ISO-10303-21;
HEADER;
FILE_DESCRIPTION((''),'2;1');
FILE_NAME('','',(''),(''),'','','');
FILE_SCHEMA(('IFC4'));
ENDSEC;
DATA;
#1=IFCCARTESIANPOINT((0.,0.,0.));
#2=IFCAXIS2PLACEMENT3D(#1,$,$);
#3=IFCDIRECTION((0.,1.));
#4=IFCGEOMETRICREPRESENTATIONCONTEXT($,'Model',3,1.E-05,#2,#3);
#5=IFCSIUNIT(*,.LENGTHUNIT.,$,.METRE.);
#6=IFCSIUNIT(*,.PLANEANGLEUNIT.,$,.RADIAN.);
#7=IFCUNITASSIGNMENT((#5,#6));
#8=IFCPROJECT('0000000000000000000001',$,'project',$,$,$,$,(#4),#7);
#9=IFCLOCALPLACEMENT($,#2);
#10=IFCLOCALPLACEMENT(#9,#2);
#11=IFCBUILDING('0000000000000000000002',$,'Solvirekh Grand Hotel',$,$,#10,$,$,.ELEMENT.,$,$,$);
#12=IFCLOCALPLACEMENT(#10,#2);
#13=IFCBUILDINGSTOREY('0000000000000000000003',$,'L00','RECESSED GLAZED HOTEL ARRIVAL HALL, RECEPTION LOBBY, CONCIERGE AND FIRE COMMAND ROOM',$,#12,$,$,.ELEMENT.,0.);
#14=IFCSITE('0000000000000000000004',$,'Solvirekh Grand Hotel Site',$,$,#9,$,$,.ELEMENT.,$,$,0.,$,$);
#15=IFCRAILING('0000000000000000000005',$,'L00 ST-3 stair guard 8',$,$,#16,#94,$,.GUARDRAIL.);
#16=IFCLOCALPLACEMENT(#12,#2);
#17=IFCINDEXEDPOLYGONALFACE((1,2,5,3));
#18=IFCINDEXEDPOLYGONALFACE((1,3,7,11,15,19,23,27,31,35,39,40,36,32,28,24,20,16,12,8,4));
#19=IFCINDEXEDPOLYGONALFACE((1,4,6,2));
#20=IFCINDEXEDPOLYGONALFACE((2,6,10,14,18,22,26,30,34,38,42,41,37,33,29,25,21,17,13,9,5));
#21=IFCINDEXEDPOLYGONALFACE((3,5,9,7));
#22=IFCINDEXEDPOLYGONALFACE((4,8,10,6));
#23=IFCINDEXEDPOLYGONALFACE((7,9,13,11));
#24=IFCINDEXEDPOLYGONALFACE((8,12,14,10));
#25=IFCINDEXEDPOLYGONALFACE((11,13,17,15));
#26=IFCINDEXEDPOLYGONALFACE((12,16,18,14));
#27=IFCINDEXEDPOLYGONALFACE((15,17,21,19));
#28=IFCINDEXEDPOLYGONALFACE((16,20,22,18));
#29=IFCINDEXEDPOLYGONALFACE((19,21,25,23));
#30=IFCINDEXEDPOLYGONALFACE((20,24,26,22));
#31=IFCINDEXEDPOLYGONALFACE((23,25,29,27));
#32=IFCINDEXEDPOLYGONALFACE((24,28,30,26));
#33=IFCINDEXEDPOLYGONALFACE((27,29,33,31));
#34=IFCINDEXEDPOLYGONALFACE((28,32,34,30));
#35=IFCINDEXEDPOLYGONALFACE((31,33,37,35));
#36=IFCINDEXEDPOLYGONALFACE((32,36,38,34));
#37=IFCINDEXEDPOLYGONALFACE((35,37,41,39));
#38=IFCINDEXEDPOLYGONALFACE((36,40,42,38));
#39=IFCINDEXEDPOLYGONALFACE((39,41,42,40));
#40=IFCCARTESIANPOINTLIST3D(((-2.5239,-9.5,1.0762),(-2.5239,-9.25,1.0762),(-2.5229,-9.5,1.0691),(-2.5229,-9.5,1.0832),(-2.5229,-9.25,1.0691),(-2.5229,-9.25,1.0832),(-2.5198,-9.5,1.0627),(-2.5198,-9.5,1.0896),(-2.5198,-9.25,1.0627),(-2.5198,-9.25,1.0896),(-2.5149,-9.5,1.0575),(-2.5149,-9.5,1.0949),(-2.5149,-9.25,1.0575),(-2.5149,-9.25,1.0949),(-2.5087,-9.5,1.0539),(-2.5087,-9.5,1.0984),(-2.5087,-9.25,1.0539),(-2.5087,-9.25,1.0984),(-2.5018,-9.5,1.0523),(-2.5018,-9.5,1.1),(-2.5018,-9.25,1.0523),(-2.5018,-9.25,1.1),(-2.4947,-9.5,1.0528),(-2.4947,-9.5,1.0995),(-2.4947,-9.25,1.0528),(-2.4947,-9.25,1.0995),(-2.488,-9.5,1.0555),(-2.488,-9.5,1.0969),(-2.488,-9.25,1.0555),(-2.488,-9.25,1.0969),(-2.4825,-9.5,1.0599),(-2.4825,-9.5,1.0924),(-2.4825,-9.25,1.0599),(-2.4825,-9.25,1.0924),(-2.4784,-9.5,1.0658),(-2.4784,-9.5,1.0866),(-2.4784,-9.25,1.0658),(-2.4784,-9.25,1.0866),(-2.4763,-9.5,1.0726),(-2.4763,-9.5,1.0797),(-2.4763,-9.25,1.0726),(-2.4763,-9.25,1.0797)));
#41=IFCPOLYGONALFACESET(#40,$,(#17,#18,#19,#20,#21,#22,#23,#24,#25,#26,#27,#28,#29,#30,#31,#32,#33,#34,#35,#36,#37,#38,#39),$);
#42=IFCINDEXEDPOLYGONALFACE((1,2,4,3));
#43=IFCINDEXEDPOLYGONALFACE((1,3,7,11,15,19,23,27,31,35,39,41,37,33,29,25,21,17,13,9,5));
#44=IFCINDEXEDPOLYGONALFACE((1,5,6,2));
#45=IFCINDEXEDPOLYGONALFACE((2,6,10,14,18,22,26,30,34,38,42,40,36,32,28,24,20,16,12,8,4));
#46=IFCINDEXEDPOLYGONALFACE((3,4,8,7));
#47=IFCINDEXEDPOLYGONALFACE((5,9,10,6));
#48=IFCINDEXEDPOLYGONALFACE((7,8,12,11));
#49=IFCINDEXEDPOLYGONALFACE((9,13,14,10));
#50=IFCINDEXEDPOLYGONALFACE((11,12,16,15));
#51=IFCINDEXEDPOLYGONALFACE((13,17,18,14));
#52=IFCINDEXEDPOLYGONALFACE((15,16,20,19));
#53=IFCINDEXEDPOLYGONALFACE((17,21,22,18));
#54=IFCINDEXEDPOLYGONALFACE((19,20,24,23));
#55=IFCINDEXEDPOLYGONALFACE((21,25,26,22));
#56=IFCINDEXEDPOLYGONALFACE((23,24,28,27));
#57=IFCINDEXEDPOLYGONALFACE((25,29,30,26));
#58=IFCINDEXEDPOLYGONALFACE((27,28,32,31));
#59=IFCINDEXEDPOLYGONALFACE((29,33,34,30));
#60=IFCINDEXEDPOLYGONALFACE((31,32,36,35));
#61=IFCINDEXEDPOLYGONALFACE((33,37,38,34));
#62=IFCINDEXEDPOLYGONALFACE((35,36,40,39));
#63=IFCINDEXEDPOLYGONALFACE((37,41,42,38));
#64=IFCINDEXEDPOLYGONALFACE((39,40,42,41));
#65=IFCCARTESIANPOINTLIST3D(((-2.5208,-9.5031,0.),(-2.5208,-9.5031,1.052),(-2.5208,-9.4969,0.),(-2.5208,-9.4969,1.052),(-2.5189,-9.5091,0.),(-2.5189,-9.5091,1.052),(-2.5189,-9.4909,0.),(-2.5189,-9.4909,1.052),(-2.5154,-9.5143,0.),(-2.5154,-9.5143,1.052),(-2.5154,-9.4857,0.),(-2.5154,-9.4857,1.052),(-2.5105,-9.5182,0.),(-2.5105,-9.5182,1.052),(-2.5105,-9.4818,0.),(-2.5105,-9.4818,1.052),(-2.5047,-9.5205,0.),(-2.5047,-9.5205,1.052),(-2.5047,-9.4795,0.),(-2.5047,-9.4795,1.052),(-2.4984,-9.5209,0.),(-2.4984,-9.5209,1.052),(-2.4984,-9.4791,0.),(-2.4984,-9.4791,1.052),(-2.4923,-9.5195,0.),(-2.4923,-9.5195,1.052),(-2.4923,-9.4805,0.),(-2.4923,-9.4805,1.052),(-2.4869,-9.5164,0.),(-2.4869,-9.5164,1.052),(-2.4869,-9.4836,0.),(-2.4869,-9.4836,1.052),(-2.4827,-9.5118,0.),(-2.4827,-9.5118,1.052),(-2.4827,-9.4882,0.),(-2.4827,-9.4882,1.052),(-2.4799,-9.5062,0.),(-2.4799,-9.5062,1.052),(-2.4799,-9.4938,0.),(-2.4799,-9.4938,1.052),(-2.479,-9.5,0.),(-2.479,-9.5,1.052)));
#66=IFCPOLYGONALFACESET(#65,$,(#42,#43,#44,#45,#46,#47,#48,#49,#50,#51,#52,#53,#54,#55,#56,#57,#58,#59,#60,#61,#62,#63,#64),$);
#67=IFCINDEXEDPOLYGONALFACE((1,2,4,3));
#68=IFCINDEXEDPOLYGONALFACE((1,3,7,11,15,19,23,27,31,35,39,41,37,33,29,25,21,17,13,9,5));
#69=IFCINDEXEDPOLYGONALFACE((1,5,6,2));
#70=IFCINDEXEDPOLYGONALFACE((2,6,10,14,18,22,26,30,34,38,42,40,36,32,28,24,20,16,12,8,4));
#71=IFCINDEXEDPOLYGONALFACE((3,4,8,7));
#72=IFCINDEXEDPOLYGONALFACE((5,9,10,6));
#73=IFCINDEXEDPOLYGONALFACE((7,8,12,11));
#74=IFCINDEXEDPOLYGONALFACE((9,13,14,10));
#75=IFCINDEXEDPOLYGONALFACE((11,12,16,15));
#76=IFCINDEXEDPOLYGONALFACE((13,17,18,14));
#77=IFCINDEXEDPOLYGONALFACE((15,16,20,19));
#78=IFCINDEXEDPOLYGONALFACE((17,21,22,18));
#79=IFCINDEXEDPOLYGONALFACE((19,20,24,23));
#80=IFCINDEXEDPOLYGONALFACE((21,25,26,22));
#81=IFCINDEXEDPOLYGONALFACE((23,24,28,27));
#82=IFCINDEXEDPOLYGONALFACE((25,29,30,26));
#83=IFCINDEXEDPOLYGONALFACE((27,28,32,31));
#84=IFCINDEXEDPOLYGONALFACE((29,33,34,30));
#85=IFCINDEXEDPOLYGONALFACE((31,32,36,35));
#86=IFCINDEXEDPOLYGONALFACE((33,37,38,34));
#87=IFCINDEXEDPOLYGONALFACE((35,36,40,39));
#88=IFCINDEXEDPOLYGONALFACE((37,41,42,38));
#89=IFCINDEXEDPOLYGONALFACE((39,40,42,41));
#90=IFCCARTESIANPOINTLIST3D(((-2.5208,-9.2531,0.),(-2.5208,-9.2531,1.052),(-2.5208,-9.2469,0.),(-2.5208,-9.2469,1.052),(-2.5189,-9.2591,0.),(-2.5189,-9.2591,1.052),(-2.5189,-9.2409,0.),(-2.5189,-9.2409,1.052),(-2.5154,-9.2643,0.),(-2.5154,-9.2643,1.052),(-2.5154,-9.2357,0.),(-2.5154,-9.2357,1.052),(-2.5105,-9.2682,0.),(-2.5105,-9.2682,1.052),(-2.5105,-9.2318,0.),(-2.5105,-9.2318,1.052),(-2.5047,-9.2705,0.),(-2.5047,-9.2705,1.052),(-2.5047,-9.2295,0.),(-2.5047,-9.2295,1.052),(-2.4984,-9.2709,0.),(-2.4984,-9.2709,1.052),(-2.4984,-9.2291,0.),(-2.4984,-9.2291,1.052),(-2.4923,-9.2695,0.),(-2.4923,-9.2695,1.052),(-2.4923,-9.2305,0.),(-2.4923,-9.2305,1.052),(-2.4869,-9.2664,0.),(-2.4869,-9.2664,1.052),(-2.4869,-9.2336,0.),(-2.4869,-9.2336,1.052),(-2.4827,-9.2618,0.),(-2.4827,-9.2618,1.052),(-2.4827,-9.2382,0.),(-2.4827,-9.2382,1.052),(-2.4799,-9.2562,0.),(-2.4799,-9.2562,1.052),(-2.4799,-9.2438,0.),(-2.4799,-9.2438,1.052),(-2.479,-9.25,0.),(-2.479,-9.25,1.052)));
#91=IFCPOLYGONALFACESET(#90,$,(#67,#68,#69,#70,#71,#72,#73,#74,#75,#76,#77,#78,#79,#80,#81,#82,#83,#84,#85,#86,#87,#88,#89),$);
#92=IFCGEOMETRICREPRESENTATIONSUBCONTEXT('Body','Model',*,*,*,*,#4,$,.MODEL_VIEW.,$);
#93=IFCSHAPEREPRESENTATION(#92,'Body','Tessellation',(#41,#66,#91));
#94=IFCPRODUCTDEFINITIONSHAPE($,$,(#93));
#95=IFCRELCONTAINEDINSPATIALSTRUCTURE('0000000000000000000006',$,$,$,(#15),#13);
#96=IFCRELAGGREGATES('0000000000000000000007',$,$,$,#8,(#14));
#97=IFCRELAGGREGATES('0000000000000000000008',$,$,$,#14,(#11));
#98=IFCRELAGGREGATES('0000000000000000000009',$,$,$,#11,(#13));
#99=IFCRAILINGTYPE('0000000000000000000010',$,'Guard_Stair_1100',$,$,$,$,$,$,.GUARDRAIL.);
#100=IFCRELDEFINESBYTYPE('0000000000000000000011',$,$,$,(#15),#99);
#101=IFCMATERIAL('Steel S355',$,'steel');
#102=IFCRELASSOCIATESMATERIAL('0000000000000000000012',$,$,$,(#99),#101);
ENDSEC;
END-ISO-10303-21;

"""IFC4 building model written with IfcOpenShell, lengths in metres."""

from ifc_helpers import new_model, si_unit, direction, frame, origin, origin_2d, place, context, subcontext, project, spatial, circle, extrude, material, type_object, element, save


model = new_model("IFC4")

# Units and contexts
model_context = context("Model", 3, precision=1e-05, world=origin(), true_north=direction((0.0, 1.0)))
body_context = subcontext(model_context, "Body", "Model", "MODEL_VIEW")
ifc_project = project(units=[si_unit("LENGTHUNIT", "METRE"), si_unit("PLANEANGLEUNIT", "RADIAN")], contexts=[model_context])

# Site, building, storey
site_placement = place(None, origin())
site = spatial("IfcSite", under=ifc_project, at=site_placement, Name="Solvirekh Grand Hotel Site", CompositionType="ELEMENT", RefElevation=0.0)
building_placement = place(site_placement, origin())
building = spatial("IfcBuilding", under=site, at=building_placement, Name="Solvirekh Grand Hotel", CompositionType="ELEMENT")
storey_placement = place(building_placement, origin())
storey = spatial("IfcBuildingStorey", under=building, at=storey_placement, Name="L00", Description="RECESSED GLAZED HOTEL ARRIVAL HALL, RECEPTION LOBBY, CONCIERGE AND FIRE COMMAND ROOM", CompositionType="ELEMENT", Elevation=0.0)

# Railing
ifc_material_1 = material(Name="Steel S355", Category="steel")
railing_type_1 = type_object("IfcRailingType", Name="Guard_Stair_1100", PredefinedType="GUARDRAIL", material=ifc_material_1)
railing_1_placement = place(storey_placement, frame((-2.5, -9.5, 0.0)))
element("IfcRailing", 1, at=railing_1_placement, inside=storey, type_object=railing_type_1, Name="L00 ST-3 stair guard 8", PredefinedType="GUARDRAIL", context=body_context, shape_type="SweptSolid", body=[
    extrude(circle(Radius=0.0239, at=origin_2d()), frame((0.0, 0.0, 1.0762), z_axis=(0.0, 1.0, 0.0), x_axis=(-1.0, 0.0, 0.0)), (0.0, 0.0, 1.0), 0.25),
    extrude(circle(Radius=0.021, at=origin_2d()), origin(), (0.0, 0.0, 1.0), 1.052),
    extrude(circle(Radius=0.021, at=origin_2d()), frame((0.0, 0.25, 0.0)), (0.0, 0.0, 1.0), 1.052),
])

save(model, "model.ifc")
